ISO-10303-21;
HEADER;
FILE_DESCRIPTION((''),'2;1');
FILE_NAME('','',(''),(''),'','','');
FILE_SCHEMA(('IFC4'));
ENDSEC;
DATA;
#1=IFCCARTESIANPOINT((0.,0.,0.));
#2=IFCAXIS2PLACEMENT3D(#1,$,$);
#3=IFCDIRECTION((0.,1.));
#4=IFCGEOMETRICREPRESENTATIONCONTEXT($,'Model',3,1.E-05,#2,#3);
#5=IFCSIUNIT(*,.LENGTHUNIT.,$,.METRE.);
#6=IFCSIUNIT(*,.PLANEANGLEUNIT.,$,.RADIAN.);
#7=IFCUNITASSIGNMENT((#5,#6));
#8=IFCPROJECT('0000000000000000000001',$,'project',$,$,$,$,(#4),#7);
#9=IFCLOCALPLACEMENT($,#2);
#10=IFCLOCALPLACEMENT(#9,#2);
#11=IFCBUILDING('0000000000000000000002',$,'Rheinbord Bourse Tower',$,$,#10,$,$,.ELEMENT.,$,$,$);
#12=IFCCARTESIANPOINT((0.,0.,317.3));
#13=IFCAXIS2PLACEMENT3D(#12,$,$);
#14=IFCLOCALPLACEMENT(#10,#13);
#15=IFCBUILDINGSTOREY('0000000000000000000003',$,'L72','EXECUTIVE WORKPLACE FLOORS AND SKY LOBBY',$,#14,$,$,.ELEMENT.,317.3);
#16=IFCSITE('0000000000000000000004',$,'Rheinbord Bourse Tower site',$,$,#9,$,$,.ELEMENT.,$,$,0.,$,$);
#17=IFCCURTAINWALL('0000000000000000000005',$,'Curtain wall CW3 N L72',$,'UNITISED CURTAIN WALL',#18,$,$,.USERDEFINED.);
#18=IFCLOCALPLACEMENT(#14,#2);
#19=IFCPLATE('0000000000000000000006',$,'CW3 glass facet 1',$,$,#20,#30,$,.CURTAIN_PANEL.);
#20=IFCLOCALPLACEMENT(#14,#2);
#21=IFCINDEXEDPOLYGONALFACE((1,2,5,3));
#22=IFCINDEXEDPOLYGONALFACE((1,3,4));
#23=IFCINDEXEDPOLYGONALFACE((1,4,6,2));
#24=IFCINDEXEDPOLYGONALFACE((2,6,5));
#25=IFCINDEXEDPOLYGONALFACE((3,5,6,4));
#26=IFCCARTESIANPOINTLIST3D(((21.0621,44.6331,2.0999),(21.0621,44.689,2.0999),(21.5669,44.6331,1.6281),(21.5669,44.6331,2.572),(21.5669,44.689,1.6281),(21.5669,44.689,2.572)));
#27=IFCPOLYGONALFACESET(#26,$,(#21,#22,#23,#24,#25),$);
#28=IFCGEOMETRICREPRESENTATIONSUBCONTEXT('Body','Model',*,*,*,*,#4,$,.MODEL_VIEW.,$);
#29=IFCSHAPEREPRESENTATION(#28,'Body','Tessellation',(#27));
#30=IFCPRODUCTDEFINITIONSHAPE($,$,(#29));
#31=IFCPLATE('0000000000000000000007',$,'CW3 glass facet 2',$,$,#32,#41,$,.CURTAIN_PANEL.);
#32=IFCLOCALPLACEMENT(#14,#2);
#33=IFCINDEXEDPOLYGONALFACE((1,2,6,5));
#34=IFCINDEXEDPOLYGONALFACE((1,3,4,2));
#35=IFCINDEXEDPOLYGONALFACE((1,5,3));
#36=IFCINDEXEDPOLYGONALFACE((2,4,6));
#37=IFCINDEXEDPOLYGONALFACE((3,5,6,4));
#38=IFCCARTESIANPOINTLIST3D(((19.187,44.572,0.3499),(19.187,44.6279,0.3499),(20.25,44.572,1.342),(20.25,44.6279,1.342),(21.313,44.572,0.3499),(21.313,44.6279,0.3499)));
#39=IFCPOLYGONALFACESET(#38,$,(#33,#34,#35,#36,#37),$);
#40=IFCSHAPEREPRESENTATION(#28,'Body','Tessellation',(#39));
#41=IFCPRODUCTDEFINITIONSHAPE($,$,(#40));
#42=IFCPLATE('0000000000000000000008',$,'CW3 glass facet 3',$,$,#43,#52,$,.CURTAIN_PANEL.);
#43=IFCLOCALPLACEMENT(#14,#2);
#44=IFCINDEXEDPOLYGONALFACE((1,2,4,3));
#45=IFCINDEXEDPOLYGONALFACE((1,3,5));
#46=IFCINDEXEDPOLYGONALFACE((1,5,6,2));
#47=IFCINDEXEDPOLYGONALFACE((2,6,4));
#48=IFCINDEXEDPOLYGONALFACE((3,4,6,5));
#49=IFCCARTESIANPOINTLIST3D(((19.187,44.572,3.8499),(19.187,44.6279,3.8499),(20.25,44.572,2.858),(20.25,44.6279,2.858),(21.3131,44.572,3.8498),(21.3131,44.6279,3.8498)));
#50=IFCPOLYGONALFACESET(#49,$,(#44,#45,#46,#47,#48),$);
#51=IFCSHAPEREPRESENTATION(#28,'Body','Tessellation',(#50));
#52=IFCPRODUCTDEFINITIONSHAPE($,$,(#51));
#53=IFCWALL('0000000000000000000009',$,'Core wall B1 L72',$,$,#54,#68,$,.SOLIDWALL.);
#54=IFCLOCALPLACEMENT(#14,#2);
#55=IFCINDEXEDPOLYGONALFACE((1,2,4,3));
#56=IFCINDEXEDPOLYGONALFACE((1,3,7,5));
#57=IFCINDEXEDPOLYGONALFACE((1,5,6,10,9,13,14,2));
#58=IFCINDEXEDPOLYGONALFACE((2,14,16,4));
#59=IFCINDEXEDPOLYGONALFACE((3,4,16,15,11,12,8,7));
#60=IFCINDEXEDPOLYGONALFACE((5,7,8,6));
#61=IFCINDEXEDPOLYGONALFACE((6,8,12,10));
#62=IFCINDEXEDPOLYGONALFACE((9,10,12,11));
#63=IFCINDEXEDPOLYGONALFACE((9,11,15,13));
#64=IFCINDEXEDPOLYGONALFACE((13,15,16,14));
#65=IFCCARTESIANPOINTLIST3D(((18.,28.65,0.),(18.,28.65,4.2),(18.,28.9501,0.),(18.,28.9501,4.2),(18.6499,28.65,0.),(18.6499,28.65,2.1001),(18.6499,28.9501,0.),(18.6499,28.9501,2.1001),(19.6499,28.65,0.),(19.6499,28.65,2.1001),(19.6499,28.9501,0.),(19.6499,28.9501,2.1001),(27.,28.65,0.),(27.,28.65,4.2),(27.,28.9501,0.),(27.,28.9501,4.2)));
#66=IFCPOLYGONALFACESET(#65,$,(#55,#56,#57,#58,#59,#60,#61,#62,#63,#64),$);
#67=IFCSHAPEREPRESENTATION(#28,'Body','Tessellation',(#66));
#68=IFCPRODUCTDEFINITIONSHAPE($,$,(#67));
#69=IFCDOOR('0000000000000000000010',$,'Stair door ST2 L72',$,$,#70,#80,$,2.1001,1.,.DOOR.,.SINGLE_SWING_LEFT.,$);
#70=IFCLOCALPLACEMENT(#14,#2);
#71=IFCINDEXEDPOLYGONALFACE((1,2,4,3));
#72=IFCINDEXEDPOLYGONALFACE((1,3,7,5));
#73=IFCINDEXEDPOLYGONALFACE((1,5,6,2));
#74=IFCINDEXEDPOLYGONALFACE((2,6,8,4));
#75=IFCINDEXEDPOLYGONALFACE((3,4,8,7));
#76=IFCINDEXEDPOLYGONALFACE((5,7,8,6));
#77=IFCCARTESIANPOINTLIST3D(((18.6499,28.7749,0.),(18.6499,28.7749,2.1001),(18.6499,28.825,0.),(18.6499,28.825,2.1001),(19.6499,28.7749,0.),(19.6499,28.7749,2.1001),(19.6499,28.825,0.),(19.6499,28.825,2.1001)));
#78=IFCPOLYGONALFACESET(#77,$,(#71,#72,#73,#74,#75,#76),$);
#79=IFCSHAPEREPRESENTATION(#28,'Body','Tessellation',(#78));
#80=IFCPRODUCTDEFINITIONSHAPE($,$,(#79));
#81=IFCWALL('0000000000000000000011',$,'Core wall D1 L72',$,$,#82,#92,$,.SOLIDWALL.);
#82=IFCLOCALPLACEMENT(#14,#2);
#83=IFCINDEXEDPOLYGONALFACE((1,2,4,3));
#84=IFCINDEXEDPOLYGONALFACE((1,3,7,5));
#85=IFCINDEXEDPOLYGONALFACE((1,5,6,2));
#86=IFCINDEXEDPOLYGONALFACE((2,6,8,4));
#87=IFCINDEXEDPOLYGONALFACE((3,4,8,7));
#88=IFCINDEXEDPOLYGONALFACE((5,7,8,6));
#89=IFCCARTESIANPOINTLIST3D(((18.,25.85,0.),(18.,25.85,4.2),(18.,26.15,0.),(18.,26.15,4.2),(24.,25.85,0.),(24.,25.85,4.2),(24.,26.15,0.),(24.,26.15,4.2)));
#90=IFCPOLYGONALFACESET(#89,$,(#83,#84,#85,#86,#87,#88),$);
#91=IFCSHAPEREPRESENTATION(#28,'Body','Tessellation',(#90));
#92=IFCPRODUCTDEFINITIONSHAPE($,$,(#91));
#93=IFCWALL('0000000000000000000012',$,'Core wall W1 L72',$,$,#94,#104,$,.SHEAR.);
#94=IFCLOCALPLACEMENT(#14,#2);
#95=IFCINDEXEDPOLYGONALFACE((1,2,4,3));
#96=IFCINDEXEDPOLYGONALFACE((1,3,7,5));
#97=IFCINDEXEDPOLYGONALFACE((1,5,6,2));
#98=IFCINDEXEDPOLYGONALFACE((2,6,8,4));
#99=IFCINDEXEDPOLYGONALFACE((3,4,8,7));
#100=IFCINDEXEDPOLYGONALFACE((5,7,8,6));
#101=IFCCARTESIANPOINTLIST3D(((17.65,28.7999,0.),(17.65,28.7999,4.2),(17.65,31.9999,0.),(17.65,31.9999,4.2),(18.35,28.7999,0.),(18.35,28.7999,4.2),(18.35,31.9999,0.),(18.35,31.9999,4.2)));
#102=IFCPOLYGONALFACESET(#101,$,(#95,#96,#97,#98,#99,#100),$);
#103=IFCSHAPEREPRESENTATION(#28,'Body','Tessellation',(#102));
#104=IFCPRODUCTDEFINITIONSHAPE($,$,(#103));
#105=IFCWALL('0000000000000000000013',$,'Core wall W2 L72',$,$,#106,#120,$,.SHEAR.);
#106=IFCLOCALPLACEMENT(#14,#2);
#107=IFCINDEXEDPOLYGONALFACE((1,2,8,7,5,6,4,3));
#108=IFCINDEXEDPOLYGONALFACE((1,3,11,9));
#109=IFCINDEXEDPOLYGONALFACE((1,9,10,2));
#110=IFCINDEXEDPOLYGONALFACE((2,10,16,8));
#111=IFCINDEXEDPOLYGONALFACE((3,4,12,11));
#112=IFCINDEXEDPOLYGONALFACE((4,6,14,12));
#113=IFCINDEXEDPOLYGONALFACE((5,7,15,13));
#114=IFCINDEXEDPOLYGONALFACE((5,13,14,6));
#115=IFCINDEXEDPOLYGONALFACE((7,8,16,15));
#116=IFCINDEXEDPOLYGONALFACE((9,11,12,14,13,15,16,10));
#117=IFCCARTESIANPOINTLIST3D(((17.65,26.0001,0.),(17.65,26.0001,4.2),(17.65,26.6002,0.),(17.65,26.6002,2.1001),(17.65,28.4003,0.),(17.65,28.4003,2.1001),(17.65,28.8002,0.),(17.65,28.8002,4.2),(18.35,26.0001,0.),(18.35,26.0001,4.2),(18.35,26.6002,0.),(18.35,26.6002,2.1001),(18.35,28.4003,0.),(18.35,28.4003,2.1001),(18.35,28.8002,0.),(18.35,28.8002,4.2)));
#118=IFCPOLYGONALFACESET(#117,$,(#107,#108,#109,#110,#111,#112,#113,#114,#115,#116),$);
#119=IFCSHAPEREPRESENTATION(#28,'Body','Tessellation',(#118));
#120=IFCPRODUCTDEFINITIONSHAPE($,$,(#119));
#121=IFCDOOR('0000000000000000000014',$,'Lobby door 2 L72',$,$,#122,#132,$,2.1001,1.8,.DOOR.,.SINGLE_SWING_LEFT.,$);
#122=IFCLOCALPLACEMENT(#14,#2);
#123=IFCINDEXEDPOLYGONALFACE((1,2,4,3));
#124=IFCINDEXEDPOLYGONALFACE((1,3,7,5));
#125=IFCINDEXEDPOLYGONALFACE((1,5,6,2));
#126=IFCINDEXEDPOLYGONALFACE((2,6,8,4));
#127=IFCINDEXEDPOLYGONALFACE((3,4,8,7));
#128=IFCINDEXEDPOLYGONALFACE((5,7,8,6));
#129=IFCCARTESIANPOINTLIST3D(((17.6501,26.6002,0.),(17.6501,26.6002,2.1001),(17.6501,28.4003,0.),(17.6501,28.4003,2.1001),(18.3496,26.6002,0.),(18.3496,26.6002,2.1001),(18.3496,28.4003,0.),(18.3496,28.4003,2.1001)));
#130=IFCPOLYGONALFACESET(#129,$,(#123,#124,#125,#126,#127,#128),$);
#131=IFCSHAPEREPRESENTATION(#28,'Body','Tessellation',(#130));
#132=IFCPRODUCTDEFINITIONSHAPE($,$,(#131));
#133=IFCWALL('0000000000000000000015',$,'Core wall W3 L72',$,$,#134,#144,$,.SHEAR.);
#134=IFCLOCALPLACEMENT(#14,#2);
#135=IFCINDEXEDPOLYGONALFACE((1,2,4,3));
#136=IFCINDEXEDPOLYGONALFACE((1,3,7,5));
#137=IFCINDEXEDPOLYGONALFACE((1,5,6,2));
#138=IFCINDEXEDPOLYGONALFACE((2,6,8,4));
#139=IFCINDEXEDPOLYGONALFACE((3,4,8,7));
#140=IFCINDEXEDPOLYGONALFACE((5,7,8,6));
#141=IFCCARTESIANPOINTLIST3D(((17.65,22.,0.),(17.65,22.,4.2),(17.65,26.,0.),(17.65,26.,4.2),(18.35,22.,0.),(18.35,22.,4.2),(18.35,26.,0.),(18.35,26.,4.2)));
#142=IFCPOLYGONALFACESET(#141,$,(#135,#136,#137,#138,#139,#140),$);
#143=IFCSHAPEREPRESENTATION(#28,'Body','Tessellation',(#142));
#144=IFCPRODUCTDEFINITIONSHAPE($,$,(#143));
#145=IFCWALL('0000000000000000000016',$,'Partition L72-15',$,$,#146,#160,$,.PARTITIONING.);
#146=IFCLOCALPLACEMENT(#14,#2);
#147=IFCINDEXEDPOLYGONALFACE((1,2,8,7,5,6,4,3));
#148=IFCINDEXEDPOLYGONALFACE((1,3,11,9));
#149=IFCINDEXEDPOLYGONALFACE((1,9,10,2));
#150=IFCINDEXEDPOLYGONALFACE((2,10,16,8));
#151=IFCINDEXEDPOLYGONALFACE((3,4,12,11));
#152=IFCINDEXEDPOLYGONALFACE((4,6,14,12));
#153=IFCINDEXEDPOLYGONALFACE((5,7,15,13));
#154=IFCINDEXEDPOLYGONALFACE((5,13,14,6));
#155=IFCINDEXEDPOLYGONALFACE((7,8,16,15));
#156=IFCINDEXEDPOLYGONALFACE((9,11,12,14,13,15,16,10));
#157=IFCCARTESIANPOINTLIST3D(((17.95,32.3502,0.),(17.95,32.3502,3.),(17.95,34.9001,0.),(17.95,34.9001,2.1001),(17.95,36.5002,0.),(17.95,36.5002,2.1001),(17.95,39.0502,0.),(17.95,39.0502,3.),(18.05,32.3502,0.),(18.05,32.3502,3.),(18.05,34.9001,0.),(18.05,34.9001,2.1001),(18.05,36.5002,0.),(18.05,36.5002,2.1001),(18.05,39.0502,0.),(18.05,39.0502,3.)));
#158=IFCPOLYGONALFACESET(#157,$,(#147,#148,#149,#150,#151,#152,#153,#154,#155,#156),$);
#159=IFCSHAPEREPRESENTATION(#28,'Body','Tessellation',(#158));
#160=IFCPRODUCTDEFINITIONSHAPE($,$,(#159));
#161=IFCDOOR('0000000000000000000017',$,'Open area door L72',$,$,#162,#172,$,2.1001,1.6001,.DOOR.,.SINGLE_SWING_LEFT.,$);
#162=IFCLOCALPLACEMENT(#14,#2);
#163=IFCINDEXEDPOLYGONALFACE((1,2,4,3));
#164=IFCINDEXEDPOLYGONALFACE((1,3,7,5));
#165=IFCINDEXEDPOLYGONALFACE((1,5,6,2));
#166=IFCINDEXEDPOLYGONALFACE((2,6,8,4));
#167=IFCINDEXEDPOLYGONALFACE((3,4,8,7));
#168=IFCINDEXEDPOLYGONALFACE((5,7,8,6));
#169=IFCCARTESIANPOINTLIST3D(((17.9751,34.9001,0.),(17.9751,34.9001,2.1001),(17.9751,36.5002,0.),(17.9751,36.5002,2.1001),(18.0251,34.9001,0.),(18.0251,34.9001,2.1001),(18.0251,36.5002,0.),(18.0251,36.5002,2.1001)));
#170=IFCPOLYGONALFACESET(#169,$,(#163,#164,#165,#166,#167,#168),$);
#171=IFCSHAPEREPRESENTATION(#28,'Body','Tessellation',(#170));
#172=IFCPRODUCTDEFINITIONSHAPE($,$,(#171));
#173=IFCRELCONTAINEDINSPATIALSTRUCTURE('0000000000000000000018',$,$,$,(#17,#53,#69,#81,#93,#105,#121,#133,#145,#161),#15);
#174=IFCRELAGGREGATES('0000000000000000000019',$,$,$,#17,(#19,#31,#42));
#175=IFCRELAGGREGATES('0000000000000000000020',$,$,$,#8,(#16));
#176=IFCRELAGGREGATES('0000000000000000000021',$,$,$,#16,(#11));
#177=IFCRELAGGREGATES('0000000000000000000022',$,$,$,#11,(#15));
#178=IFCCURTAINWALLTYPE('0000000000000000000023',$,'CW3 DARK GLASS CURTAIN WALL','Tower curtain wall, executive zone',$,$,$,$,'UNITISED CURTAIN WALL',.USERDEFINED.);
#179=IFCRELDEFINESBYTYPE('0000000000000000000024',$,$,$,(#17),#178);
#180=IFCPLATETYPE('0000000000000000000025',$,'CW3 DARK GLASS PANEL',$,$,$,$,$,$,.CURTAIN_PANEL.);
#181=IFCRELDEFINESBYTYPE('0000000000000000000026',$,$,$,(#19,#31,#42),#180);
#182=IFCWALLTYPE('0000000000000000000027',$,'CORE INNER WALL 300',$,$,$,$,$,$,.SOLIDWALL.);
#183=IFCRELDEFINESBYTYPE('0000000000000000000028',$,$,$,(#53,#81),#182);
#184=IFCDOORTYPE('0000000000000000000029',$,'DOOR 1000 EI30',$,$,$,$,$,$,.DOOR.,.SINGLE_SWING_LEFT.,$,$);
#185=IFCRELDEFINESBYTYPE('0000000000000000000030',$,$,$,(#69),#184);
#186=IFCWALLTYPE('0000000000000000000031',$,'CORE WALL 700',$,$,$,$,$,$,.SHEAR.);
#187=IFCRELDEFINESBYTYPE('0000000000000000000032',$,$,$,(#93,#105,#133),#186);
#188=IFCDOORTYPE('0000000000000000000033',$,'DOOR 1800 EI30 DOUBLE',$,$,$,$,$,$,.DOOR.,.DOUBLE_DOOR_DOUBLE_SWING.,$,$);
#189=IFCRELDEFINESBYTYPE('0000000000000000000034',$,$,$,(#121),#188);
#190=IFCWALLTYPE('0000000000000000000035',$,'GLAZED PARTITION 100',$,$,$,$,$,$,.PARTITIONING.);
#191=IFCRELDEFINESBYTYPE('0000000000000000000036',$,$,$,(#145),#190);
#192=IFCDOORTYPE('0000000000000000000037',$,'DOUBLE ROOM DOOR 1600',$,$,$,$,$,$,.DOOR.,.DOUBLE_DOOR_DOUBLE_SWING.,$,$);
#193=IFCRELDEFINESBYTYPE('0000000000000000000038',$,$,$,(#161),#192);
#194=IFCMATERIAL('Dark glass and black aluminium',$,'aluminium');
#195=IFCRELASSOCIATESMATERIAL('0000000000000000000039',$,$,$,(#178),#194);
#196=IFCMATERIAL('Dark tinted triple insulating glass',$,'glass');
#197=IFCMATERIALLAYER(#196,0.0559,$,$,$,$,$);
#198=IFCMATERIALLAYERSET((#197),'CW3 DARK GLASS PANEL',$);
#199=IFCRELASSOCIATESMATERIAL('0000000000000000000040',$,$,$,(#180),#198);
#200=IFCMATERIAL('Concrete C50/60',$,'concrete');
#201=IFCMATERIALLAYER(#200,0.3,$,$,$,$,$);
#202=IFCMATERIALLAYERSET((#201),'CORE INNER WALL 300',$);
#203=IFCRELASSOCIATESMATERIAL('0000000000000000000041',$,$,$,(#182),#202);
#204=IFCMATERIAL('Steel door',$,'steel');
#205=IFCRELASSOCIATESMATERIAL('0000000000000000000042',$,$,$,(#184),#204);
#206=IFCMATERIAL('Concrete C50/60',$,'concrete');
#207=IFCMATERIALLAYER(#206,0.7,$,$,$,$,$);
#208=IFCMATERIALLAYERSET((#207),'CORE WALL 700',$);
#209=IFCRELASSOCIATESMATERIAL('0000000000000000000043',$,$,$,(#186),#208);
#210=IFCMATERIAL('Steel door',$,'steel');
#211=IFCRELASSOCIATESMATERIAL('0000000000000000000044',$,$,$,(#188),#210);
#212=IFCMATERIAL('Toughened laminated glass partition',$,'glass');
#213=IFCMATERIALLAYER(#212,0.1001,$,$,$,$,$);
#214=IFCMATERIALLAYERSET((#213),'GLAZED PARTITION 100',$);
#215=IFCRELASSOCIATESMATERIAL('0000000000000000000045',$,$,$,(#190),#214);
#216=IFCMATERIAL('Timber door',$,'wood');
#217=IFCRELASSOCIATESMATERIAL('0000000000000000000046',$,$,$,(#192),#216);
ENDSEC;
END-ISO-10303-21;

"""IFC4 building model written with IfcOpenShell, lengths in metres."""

from ifc_helpers import new_model, si_unit, direction, frame, frame_2d, origin, place, context, subcontext, project, spatial, polyline, rectangle, outline, extrude, material, layer, layer_set, type_object, element, fill, aggregate, save


model = new_model("IFC4")

# Units and contexts
model_context = context("Model", 3, precision=1e-05, world=origin(), true_north=direction((0.0, 1.0)))
body_context = subcontext(model_context, "Body", "Model", "MODEL_VIEW")
ifc_project = project(units=[si_unit("LENGTHUNIT", "METRE"), si_unit("PLANEANGLEUNIT", "RADIAN")], contexts=[model_context])

# Site, building, storey
site_placement = place(None, origin())
site = spatial("IfcSite", under=ifc_project, at=site_placement, Name="Rheinbord Bourse Tower site", CompositionType="ELEMENT", RefElevation=0.0)
building_placement = place(site_placement, origin())
building = spatial("IfcBuilding", under=site, at=building_placement, Name="Rheinbord Bourse Tower", CompositionType="ELEMENT")
storey_placement = place(building_placement, frame((0.0, 0.0, 317.3)))
storey = spatial("IfcBuildingStorey", under=building, at=storey_placement, Name="L72", Description="EXECUTIVE WORKPLACE FLOORS AND SKY LOBBY", CompositionType="ELEMENT", Elevation=317.3)

# Curtain wall
ifc_material_1 = material(Name="Dark glass and black aluminium", Category="aluminium")
curtain_wall_type = type_object("IfcCurtainWallType", Name="CW3 DARK GLASS CURTAIN WALL", Description="Tower curtain wall, executive zone", ElementType="UNITISED CURTAIN WALL", PredefinedType="USERDEFINED", material=ifc_material_1)
curtain_wall_placement = place(storey_placement, origin())
curtain_wall = element("IfcCurtainWall", 1, at=curtain_wall_placement, inside=storey, type_object=curtain_wall_type, Name="Curtain wall CW3 N L72", ObjectType="UNITISED CURTAIN WALL", PredefinedType="USERDEFINED")

# Plates
ifc_material_2 = material(Name="Dark tinted triple insulating glass", Category="glass")
ifc_layer_1 = layer(ifc_material_2, 0.0559)
ifc_layer_set_1 = layer_set([ifc_layer_1], Name="CW3 DARK GLASS PANEL")
plate_type = type_object("IfcPlateType", Name="CW3 DARK GLASS PANEL", PredefinedType="CURTAIN_PANEL", material=ifc_layer_set_1)
plate_1_placement = place(storey_placement, frame((21.5669, 44.689, 2.572), z_axis=(0.0, -1.0, 0.0), x_axis=(-0.730374, 0.0, -0.683048)))
plate_1 = element("IfcPlate", 2, at=plate_1_placement, type_object=plate_type, Name="CW3 glass facet 1", PredefinedType="CURTAIN_PANEL", context=body_context, shape_type="SweptSolid", body=[
    extrude(outline(polyline([(0.0, 0.0), (0.6912, 0.0), (0.6448, 0.6895), (0.0, 0.0)])), origin(), (0.0, 0.0, 1.0), 0.0559),
])
plate_2_placement = place(storey_placement, frame((21.313, 44.6279, 0.3499), z_axis=(0.0, -1.0, 0.0), x_axis=(-0.731033, 0.0, 0.682342)))
plate_2 = element("IfcPlate", 3, at=plate_2_placement, type_object=plate_type, Name="CW3 glass facet 2", PredefinedType="CURTAIN_PANEL", context=body_context, shape_type="SweptSolid", body=[
    extrude(outline(polyline([(0.0, 0.0), (1.4541, 0.0), (1.5542, 1.4507), (0.0, 0.0)])), origin(), (0.0, 0.0, 1.0), 0.0559),
])
plate_3_placement = place(storey_placement, frame((19.187, 44.6279, 3.8499), z_axis=(0.0, -1.0, 0.0), x_axis=(0.731117, 0.0, -0.682252)))
plate_3 = element("IfcPlate", 4, at=plate_3_placement, type_object=plate_type, Name="CW3 glass facet 3", PredefinedType="CURTAIN_PANEL", context=body_context, shape_type="SweptSolid", body=[
    extrude(outline(polyline([(0.0, 0.0), (1.4539, 0.0), (1.5544, 1.4504), (0.0, 0.0)])), origin(), (0.0, 0.0, 1.0), 0.0559),
])
aggregate(curtain_wall, [plate_1, plate_2, plate_3])

# Wall, opening, door
ifc_material_3 = material(Name="Concrete C50/60", Category="concrete")
ifc_layer_2 = layer(ifc_material_3, 0.3)
ifc_layer_set_2 = layer_set([ifc_layer_2], Name="CORE INNER WALL 300")
wall_type_1 = type_object("IfcWallType", Name="CORE INNER WALL 300", PredefinedType="SOLIDWALL", material=ifc_layer_set_2)
wall_1_placement = place(storey_placement, frame((18.0, 28.8, 0.0), z_axis=(0.0, 0.0, 1.0), x_axis=(1.0, 0.0, 0.0)))
wall_1 = element("IfcWall", 5, at=wall_1_placement, inside=storey, type_object=wall_type_1, Name="Core wall B1 L72", PredefinedType="SOLIDWALL", context=body_context, shape_type="SweptSolid", body=[
    extrude(rectangle(XDim=9.0, YDim=0.3, at=frame_2d((4.5, 0.0))), origin(), (0.0, 0.0, 1.0), 4.2),
])
opening_1_placement = place(wall_1_placement, frame((0.6499, 0.0, 0.0)))
opening_1 = element("IfcOpeningElement", 6, at=opening_1_placement, cuts=wall_1, PredefinedType="OPENING", context=body_context, shape_type="SweptSolid", body=[
    extrude(rectangle(XDim=1.0, YDim=2.1001, at=frame_2d((0.5, 1.05))), frame((0.0, 0.1599, 0.0), z_axis=(0.0, -1.0, 0.0), x_axis=(1.0, 0.0, 0.0)), (0.0, 0.0, 1.0), 0.3201),
])
ifc_material_4 = material(Name="Steel door", Category="steel")
door_type_1 = type_object("IfcDoorType", Name="DOOR 1000 EI30", OperationType="SINGLE_SWING_LEFT", PredefinedType="DOOR", material=ifc_material_4)
door_1_placement = place(opening_1_placement, origin())
door_1 = element("IfcDoor", 7, at=door_1_placement, inside=storey, type_object=door_type_1, Name="Stair door ST2 L72", OperationType="SINGLE_SWING_LEFT", OverallHeight=2.1001, OverallWidth=1.0, PredefinedType="DOOR", context=body_context, shape_type="SweptSolid", body=[
    extrude(rectangle(XDim=1.0, YDim=2.1001, at=frame_2d((0.5, 1.05))), frame((0.0, 0.0249, 0.0), z_axis=(0.0, -1.0, 0.0), x_axis=(1.0, 0.0, 0.0)), (0.0, 0.0, 1.0), 0.05),
])
fill(opening_1, door_1)

# Walls
wall_2_placement = place(storey_placement, frame((18.0, 26.0, 0.0), z_axis=(0.0, 0.0, 1.0), x_axis=(1.0, 0.0, 0.0)))
element("IfcWall", 8, at=wall_2_placement, inside=storey, type_object=wall_type_1, Name="Core wall D1 L72", PredefinedType="SOLIDWALL", context=body_context, shape_type="SweptSolid", body=[
    extrude(rectangle(XDim=6.0, YDim=0.3, at=frame_2d((3.0, 0.0))), origin(), (0.0, 0.0, 1.0), 4.2),
])
ifc_material_5 = material(Name="Concrete C50/60", Category="concrete")
ifc_layer_3 = layer(ifc_material_5, 0.7)
ifc_layer_set_3 = layer_set([ifc_layer_3], Name="CORE WALL 700")
wall_type_2 = type_object("IfcWallType", Name="CORE WALL 700", PredefinedType="SHEAR", material=ifc_layer_set_3)
wall_3_placement = place(storey_placement, frame((18.0, 32.0, 0.0), z_axis=(0.0, 0.0, 1.0), x_axis=(0.0, -1.0, 0.0)))
element("IfcWall", 9, at=wall_3_placement, inside=storey, type_object=wall_type_2, Name="Core wall W1 L72", PredefinedType="SHEAR", context=body_context, shape_type="SweptSolid", body=[
    extrude(rectangle(XDim=3.2, YDim=0.7, at=frame_2d((1.6001, 0.0))), origin(), (0.0, 0.0, 1.0), 4.2),
])

# Wall, opening, door
wall_4_placement = place(storey_placement, frame((18.0, 28.8, 0.0), z_axis=(0.0, 0.0, 1.0), x_axis=(0.0, -1.0, 0.0)))
wall_4 = element("IfcWall", 10, at=wall_4_placement, inside=storey, type_object=wall_type_2, Name="Core wall W2 L72", PredefinedType="SHEAR", context=body_context, shape_type="SweptSolid", body=[
    extrude(rectangle(XDim=2.8, YDim=0.7, at=frame_2d((1.3999, 0.0))), origin(), (0.0, 0.0, 1.0), 4.2),
])
opening_2_placement = place(wall_4_placement, frame((0.3999, 0.0, 0.0)))
opening_2 = element("IfcOpeningElement", 11, at=opening_2_placement, cuts=wall_4, PredefinedType="OPENING", context=body_context, shape_type="SweptSolid", body=[
    extrude(rectangle(XDim=1.8, YDim=2.1001, at=frame_2d((0.8999, 1.05))), frame((0.0, 0.3599, 0.0), z_axis=(0.0, -1.0, 0.0), x_axis=(1.0, 0.0, 0.0)), (0.0, 0.0, 1.0), 0.72),
])
ifc_material_6 = material(Name="Steel door", Category="steel")
door_type_2 = type_object("IfcDoorType", Name="DOOR 1800 EI30 DOUBLE", OperationType="DOUBLE_DOOR_DOUBLE_SWING", PredefinedType="DOOR", material=ifc_material_6)
door_2_placement = place(opening_2_placement, origin())
door_2 = element("IfcDoor", 12, at=door_2_placement, inside=storey, type_object=door_type_2, Name="Lobby door 2 L72", OperationType="SINGLE_SWING_LEFT", OverallHeight=2.1001, OverallWidth=1.8, PredefinedType="DOOR", context=body_context, shape_type="SweptSolid", body=[
    extrude(rectangle(XDim=1.8, YDim=2.1001, at=frame_2d((0.8999, 1.05))), frame((0.0, 0.3496, 0.0), z_axis=(0.0, -1.0, 0.0), x_axis=(1.0, 0.0, 0.0)), (0.0, 0.0, 1.0), 0.6995),
])
fill(opening_2, door_2)

# Wall
wall_5_placement = place(storey_placement, frame((18.0, 26.0, 0.0), z_axis=(0.0, 0.0, 1.0), x_axis=(0.0, -1.0, 0.0)))
element("IfcWall", 13, at=wall_5_placement, inside=storey, type_object=wall_type_2, Name="Core wall W3 L72", PredefinedType="SHEAR", context=body_context, shape_type="SweptSolid", body=[
    extrude(rectangle(XDim=4.0, YDim=0.7, at=frame_2d((2.0, 0.0))), origin(), (0.0, 0.0, 1.0), 4.2),
])

# Wall, opening, door
ifc_material_7 = material(Name="Toughened laminated glass partition", Category="glass")
ifc_layer_4 = layer(ifc_material_7, 0.1001)
ifc_layer_set_4 = layer_set([ifc_layer_4], Name="GLAZED PARTITION 100")
wall_type_3 = type_object("IfcWallType", Name="GLAZED PARTITION 100", PredefinedType="PARTITIONING", material=ifc_layer_set_4)
wall_6_placement = place(storey_placement, frame((18.0, 32.3501, 0.0), z_axis=(0.0, 0.0, 1.0), x_axis=(0.0, 1.0, 0.0)))
wall_6 = element("IfcWall", 14, at=wall_6_placement, inside=storey, type_object=wall_type_3, Name="Partition L72-15", PredefinedType="PARTITIONING", context=body_context, shape_type="SweptSolid", body=[
    extrude(rectangle(XDim=6.7, YDim=0.1001, at=frame_2d((3.3501, 0.0))), origin(), (0.0, 0.0, 1.0), 3.0),
])
opening_3_placement = place(wall_6_placement, frame((2.55, 0.0, 0.0)))
opening_3 = element("IfcOpeningElement", 15, at=opening_3_placement, cuts=wall_6, PredefinedType="OPENING", context=body_context, shape_type="SweptSolid", body=[
    extrude(rectangle(XDim=1.6001, YDim=2.1001, at=frame_2d((0.8, 1.05))), frame((0.0, 0.0601, 0.0), z_axis=(0.0, -1.0, 0.0), x_axis=(1.0, 0.0, 0.0)), (0.0, 0.0, 1.0), 0.1201),
])
ifc_material_8 = material(Name="Timber door", Category="wood")
door_type_3 = type_object("IfcDoorType", Name="DOUBLE ROOM DOOR 1600", OperationType="DOUBLE_DOOR_DOUBLE_SWING", PredefinedType="DOOR", material=ifc_material_8)
door_3_placement = place(opening_3_placement, origin())
door_3 = element("IfcDoor", 16, at=door_3_placement, inside=storey, type_object=door_type_3, Name="Open area door L72", OperationType="SINGLE_SWING_LEFT", OverallHeight=2.1001, OverallWidth=1.6001, PredefinedType="DOOR", context=body_context, shape_type="SweptSolid", body=[
    extrude(rectangle(XDim=1.6001, YDim=2.1001, at=frame_2d((0.8, 1.05))), frame((0.0, 0.0249, 0.0), z_axis=(0.0, -1.0, 0.0), x_axis=(1.0, 0.0, 0.0)), (0.0, 0.0, 1.0), 0.05),
])
fill(opening_3, door_3)

save(model, "model.ifc")
